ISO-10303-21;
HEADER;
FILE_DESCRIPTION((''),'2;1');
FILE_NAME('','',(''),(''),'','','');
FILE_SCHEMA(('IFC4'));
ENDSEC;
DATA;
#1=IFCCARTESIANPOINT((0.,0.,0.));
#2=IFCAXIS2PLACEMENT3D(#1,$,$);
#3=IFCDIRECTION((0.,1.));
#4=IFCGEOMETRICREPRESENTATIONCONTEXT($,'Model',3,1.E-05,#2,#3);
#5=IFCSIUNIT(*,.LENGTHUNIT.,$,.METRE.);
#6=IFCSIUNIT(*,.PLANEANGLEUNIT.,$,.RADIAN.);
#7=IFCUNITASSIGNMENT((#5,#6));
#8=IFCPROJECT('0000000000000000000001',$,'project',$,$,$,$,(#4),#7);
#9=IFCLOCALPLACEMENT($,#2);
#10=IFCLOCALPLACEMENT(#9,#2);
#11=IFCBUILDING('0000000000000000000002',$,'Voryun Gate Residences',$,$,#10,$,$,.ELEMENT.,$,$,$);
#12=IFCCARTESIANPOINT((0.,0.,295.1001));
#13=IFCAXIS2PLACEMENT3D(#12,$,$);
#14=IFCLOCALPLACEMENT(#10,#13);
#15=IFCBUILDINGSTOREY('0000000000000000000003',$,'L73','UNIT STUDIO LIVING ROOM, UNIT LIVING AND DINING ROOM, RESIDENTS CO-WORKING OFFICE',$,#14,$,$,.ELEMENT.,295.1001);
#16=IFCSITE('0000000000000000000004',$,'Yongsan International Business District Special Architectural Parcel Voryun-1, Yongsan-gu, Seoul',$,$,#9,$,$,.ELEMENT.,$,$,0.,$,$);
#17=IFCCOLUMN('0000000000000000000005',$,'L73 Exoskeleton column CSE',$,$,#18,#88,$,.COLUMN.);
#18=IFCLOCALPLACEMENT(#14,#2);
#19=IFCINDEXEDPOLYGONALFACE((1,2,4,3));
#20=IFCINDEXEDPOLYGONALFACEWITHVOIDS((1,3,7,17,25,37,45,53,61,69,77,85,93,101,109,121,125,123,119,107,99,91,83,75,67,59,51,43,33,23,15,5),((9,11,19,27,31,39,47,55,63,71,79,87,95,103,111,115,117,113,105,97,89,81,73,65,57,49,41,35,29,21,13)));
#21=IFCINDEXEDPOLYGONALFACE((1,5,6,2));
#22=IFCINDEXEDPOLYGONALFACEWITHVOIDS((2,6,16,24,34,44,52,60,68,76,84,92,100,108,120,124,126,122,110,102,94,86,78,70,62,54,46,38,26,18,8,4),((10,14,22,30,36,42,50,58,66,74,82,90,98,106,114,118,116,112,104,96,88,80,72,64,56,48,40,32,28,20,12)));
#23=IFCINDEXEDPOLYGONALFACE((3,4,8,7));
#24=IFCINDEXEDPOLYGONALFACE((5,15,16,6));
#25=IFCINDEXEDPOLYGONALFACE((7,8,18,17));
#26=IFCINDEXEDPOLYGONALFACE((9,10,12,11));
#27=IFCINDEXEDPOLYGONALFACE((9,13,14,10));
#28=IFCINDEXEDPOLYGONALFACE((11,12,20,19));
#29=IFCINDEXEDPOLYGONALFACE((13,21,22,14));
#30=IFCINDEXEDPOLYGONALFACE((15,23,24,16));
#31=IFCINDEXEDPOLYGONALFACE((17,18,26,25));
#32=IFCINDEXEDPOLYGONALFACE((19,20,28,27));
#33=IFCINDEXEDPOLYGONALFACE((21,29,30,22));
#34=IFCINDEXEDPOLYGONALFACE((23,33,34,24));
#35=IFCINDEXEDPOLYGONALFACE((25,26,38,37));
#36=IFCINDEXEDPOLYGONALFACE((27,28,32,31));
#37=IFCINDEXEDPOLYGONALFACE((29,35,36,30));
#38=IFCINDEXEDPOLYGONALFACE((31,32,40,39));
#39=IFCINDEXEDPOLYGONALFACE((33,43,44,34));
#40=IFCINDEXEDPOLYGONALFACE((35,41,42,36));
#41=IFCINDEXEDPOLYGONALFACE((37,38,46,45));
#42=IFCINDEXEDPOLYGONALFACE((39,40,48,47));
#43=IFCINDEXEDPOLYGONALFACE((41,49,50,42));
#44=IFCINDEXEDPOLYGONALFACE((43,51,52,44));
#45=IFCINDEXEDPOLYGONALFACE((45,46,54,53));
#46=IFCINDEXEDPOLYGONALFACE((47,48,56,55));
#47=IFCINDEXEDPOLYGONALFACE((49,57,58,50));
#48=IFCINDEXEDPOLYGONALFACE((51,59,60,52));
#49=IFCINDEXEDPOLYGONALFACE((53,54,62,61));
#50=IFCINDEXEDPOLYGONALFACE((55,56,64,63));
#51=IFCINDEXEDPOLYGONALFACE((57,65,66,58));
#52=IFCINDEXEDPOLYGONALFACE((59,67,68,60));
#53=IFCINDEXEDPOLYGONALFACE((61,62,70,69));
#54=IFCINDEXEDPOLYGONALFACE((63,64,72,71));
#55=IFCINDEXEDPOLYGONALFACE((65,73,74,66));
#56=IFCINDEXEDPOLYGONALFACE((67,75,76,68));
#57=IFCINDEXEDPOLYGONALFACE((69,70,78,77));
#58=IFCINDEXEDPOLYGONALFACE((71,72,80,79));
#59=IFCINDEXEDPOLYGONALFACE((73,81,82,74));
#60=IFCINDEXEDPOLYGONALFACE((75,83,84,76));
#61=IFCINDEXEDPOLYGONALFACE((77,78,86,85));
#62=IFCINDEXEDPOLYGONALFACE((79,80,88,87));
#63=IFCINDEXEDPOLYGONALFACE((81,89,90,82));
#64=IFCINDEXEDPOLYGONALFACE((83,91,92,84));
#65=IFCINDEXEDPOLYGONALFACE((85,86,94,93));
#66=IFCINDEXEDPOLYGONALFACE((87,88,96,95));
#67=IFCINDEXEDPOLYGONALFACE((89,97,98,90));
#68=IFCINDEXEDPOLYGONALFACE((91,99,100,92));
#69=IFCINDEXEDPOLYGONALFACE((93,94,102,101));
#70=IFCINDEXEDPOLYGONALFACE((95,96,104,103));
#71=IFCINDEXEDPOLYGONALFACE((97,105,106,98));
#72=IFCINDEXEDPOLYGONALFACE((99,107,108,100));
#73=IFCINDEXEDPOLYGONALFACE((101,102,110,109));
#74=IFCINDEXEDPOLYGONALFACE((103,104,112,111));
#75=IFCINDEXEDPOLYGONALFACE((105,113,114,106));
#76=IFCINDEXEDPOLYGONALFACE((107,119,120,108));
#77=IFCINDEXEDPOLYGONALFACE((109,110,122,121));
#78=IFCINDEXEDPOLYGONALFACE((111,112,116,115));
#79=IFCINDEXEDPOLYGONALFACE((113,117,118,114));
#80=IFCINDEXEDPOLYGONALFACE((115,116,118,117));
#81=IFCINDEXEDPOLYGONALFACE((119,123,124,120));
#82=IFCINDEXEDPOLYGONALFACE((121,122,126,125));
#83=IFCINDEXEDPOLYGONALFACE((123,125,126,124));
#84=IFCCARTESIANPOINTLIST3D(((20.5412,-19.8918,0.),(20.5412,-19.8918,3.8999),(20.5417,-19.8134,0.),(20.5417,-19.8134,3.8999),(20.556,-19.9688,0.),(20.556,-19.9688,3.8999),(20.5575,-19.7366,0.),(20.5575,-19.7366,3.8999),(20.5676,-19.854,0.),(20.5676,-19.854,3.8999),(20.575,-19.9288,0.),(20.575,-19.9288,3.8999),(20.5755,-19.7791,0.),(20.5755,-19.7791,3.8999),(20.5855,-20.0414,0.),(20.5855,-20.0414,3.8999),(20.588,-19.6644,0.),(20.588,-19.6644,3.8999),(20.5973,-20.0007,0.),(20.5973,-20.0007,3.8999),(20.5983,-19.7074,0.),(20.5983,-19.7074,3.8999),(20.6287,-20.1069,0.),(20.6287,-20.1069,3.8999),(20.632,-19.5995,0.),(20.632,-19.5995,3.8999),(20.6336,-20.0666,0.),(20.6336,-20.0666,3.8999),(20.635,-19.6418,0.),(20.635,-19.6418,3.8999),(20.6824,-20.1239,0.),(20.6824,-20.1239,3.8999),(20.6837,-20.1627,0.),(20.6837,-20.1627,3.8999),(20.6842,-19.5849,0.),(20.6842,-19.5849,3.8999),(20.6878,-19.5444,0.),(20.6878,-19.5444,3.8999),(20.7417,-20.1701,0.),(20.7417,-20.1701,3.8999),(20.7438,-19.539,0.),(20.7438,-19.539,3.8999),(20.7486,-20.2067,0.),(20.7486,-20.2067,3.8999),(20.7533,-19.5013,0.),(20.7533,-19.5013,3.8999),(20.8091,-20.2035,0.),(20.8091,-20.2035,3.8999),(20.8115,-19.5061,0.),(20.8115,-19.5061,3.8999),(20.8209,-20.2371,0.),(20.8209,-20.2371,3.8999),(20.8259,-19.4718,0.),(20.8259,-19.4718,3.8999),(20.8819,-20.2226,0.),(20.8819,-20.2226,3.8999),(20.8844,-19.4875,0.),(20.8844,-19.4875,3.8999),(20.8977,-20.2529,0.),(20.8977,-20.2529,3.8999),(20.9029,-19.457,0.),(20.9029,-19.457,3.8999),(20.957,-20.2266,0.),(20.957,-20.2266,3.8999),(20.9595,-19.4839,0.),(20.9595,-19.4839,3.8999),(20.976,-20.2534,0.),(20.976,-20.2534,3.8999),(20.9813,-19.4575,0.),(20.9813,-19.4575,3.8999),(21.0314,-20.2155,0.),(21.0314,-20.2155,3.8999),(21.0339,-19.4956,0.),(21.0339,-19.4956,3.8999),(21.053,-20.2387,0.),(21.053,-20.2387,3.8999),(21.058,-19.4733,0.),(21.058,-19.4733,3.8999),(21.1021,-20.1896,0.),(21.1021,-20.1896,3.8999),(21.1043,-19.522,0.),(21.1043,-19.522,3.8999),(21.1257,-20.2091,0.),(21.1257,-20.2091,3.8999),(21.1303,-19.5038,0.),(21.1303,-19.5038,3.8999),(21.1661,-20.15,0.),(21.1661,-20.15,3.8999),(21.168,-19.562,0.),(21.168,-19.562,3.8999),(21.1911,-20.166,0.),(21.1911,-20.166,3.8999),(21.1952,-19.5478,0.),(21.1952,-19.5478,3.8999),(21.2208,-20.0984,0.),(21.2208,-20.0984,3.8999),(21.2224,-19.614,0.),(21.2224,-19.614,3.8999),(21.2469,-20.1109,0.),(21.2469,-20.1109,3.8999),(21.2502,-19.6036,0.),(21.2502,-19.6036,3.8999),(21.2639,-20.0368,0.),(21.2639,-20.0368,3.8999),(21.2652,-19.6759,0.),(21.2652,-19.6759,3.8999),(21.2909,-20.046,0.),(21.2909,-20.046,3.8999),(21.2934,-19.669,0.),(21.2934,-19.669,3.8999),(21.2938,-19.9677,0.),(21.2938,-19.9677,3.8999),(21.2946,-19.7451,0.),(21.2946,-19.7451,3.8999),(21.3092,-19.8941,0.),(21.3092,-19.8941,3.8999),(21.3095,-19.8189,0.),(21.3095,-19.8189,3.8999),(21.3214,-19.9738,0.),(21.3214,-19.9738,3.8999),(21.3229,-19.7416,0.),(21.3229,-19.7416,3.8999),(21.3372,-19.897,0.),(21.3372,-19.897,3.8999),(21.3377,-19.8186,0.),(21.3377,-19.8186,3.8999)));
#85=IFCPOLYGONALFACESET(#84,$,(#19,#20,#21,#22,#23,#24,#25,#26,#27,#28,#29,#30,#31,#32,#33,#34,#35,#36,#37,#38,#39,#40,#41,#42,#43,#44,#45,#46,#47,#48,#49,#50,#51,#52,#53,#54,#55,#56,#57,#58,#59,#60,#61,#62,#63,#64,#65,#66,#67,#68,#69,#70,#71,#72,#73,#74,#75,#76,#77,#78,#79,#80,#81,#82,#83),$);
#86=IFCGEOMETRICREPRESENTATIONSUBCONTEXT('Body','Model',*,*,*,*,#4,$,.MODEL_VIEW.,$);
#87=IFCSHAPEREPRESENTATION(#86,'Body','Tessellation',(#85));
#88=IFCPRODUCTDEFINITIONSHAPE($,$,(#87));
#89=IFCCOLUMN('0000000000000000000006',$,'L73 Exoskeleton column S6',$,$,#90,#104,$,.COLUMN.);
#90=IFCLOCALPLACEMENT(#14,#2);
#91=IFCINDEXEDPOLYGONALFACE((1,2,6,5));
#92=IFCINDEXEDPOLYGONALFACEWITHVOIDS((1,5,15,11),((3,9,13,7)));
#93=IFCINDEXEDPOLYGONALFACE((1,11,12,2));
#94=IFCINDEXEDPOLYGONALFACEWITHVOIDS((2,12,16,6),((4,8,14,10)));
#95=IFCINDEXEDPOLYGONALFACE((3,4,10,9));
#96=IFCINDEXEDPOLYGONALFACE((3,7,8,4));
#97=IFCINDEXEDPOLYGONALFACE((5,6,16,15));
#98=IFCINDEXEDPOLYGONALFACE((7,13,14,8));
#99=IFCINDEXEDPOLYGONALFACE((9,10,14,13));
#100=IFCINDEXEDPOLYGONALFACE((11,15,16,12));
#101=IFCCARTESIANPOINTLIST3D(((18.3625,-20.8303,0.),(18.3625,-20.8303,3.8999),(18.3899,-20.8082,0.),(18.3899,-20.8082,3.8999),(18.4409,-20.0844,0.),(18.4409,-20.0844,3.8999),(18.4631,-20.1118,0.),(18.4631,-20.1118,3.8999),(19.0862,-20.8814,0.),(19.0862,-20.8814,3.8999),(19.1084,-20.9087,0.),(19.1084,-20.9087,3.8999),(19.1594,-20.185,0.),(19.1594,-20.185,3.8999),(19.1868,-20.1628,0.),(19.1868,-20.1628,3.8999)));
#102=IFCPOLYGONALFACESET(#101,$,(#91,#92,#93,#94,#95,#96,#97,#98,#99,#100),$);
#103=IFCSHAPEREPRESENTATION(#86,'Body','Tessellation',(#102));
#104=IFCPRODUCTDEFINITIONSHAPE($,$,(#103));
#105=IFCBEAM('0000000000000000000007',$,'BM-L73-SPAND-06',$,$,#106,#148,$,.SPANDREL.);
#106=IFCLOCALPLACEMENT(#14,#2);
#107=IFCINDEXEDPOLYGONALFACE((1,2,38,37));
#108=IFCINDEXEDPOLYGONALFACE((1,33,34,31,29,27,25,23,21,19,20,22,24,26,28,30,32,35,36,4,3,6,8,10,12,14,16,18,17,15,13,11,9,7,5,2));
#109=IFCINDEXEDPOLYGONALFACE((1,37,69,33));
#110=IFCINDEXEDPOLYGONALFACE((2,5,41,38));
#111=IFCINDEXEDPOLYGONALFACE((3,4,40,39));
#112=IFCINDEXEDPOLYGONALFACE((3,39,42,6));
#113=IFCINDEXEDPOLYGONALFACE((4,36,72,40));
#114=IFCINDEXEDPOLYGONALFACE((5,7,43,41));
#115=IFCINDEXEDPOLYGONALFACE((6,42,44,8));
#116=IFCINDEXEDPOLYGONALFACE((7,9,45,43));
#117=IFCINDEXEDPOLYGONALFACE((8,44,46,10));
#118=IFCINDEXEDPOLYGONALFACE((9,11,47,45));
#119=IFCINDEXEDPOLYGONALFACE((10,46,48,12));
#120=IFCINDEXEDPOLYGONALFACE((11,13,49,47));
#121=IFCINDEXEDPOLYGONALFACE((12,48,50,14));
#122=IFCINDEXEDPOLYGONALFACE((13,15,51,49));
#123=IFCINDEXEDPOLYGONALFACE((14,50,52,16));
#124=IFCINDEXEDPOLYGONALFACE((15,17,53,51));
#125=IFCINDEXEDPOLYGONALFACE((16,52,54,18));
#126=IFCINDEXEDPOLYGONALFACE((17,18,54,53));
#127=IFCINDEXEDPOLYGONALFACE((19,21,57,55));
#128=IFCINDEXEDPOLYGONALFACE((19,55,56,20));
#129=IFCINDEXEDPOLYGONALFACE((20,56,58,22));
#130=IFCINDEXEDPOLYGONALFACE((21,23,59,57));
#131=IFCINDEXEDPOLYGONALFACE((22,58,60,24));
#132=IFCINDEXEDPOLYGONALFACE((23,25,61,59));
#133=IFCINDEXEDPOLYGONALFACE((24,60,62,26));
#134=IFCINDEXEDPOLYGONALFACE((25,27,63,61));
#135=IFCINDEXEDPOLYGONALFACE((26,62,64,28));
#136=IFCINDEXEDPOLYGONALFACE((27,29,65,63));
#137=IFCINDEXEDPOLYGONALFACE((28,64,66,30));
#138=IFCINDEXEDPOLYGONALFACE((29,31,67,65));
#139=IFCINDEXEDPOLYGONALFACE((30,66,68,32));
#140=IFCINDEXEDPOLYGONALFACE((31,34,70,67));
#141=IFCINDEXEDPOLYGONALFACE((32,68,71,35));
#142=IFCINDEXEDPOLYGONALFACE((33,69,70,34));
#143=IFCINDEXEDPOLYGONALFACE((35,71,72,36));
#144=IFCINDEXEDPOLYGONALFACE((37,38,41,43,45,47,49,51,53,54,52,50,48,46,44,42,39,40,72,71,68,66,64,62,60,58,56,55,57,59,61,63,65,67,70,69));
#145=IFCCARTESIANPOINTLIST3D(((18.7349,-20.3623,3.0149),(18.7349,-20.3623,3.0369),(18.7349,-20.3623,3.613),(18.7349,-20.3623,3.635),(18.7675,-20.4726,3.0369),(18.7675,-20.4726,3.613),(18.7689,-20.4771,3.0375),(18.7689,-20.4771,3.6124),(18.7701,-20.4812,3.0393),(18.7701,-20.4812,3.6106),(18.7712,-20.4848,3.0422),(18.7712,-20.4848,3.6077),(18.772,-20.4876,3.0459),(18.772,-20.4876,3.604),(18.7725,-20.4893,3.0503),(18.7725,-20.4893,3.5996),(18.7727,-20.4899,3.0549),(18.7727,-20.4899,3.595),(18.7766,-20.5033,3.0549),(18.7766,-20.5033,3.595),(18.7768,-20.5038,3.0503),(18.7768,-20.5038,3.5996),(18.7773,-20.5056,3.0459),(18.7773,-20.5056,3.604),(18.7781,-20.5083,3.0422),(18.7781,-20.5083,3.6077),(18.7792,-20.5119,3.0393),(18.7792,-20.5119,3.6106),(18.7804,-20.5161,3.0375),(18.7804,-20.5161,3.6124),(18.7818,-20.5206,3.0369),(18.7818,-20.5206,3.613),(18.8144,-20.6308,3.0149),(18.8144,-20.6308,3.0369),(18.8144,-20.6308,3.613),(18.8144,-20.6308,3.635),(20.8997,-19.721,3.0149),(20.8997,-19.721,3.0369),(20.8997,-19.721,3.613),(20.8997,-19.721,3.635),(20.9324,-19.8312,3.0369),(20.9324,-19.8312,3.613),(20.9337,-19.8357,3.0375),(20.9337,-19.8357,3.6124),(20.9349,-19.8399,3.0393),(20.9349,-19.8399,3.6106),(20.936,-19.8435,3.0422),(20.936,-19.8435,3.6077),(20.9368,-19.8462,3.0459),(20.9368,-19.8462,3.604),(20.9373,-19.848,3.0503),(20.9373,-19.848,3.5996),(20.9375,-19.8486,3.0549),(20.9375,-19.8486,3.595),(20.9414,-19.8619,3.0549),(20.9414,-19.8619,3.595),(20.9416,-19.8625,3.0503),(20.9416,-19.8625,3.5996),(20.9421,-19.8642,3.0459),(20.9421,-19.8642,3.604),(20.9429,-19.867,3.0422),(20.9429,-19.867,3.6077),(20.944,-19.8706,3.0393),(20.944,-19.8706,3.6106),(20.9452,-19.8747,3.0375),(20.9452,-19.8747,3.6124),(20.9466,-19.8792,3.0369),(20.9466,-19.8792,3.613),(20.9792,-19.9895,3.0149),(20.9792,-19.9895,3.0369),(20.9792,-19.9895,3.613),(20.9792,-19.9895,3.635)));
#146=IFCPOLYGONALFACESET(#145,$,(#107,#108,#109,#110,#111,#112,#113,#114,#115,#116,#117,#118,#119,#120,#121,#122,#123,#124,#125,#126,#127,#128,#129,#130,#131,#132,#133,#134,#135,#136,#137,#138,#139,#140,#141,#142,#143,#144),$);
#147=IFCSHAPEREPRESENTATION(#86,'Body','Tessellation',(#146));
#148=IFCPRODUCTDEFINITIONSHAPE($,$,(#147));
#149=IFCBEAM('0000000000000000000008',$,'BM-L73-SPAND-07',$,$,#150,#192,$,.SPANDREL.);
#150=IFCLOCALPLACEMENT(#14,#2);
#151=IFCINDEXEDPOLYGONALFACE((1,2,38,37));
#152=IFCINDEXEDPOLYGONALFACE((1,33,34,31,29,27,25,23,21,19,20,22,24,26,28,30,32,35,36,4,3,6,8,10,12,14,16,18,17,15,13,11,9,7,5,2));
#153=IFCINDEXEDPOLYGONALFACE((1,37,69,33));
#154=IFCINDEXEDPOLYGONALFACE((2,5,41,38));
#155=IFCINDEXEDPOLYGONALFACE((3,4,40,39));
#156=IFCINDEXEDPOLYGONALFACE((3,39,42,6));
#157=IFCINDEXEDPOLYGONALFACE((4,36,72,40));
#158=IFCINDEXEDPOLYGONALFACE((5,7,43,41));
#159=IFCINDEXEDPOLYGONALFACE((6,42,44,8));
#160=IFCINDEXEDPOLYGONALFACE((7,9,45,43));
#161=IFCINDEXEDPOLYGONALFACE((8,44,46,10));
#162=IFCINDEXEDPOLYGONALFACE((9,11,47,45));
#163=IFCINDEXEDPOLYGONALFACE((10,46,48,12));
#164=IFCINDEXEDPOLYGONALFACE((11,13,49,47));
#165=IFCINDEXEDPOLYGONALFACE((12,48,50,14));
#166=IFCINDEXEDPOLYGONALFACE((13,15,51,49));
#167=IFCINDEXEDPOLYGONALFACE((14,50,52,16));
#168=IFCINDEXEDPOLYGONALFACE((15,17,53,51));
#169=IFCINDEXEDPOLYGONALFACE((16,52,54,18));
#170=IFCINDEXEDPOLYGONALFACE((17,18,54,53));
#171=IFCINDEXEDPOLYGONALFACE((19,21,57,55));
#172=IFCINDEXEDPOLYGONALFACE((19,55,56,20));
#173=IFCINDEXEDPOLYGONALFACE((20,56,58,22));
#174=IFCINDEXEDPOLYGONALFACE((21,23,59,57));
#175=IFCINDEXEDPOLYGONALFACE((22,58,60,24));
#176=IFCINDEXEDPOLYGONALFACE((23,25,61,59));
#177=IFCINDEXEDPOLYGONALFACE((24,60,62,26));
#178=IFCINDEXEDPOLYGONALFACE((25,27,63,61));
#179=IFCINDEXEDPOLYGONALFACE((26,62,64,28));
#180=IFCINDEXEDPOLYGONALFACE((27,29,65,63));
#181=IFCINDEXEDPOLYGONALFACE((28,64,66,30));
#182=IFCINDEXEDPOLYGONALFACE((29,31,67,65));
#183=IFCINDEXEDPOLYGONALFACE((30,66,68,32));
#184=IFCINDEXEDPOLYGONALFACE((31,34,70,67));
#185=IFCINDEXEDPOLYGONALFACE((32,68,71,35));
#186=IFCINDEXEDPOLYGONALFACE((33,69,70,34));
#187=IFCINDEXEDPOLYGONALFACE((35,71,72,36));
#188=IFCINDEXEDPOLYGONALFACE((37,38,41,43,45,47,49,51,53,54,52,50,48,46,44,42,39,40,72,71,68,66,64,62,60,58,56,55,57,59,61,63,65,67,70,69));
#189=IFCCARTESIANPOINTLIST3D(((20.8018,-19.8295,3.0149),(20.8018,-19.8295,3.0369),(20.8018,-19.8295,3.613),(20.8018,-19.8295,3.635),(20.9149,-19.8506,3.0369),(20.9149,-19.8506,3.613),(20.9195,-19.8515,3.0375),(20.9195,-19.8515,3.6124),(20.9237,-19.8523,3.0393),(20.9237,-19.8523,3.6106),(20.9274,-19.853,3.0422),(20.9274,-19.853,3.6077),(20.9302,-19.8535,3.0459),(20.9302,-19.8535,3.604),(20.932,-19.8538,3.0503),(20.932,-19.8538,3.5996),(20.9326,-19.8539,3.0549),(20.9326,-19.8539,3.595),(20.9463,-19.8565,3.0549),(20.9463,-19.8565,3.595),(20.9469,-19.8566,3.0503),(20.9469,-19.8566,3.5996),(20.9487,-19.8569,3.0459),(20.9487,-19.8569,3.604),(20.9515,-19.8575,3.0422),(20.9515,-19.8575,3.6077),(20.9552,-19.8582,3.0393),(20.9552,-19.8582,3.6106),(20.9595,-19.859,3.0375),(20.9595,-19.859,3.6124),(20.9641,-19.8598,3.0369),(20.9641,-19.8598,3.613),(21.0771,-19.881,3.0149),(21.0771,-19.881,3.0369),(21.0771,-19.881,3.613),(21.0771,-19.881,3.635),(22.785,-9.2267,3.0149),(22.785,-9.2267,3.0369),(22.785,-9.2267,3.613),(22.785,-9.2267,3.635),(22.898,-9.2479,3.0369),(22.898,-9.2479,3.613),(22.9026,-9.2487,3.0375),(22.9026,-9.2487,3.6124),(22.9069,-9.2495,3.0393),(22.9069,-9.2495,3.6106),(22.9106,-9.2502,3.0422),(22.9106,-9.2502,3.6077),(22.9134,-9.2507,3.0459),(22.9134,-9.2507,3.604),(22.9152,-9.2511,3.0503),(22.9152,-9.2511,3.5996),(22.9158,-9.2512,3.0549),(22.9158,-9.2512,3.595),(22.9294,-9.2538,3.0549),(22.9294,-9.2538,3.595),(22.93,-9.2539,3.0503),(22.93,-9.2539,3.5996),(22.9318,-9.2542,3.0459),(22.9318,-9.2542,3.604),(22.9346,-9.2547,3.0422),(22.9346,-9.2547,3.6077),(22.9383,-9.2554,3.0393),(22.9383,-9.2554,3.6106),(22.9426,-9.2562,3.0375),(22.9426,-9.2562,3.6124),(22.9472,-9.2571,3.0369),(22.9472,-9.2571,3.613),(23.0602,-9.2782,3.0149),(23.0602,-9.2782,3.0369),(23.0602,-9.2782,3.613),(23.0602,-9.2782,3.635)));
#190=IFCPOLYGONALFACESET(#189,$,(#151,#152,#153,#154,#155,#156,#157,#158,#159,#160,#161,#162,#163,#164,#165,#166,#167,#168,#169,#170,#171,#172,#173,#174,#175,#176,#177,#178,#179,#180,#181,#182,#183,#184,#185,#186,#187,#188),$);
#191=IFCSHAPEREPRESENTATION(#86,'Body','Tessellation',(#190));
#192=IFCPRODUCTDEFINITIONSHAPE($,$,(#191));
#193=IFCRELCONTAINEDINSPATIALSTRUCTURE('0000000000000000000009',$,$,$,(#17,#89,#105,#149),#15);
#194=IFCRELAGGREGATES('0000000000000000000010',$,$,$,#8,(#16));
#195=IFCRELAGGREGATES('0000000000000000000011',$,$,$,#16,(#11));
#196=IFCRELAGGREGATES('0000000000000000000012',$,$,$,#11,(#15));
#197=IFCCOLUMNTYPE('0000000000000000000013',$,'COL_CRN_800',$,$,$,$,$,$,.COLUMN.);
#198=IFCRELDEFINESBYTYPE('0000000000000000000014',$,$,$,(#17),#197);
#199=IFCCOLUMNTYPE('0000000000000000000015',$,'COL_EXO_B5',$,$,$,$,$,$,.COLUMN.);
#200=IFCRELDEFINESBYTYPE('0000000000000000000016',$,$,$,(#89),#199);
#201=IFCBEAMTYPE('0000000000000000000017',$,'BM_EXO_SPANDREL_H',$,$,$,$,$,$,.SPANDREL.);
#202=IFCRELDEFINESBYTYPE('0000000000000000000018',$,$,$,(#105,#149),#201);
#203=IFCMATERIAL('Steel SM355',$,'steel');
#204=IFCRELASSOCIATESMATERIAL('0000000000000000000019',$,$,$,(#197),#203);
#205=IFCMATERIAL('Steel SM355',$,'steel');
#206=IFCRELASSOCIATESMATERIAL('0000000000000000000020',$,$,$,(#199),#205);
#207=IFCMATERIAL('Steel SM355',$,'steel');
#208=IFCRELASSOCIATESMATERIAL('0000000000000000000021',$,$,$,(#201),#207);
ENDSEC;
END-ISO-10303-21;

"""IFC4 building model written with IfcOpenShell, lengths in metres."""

from ifc_helpers import new_model, si_unit, direction, frame, origin, origin_2d, place, context, subcontext, project, spatial, hollow_rectangle, hollow_circle, i_section, extrude, material, material_profile, profile_set, type_object, element, save


model = new_model("IFC4")

# Units and contexts
model_context = context("Model", 3, precision=1e-05, world=origin(), true_north=direction((0.0, 1.0)))
body_context = subcontext(model_context, "Body", "Model", "MODEL_VIEW")
ifc_project = project(units=[si_unit("LENGTHUNIT", "METRE"), si_unit("PLANEANGLEUNIT", "RADIAN")], contexts=[model_context])

# Site, building, storey
site_placement = place(None, origin())
site = spatial("IfcSite", under=ifc_project, at=site_placement, Name="Yongsan International Business District Special Architectural Parcel Voryun-1, Yongsan-gu, Seoul", CompositionType="ELEMENT", RefElevation=0.0)
building_placement = place(site_placement, origin())
building = spatial("IfcBuilding", under=site, at=building_placement, Name="Voryun Gate Residences", CompositionType="ELEMENT")
storey_placement = place(building_placement, frame((0.0, 0.0, 295.1001)))
storey = spatial("IfcBuildingStorey", under=building, at=storey_placement, Name="L73", Description="UNIT STUDIO LIVING ROOM, UNIT LIVING AND DINING ROOM, RESIDENTS CO-WORKING OFFICE", CompositionType="ELEMENT", Elevation=295.1001)

# Columns
ifc_material_1 = material(Name="Steel SM355", Category="steel")
ifc_material_profile_1 = material_profile(ifc_material_1, hollow_circle(Radius=0.3999, WallThickness=0.0281, at=origin_2d()), Name="CHS-800x28")
ifc_profile_set_1 = profile_set([ifc_material_profile_1], Name="Steel SM355")
column_type_1 = type_object("IfcColumnType", Name="COL_CRN_800", PredefinedType="COLUMN", material=ifc_profile_set_1)
column_1_placement = place(storey_placement, frame((20.9395, -19.8552, 0.0), z_axis=(0.0, 0.0, 1.0), x_axis=(0.994522, -0.104528, 0.0)))
element("IfcColumn", 1, at=column_1_placement, inside=storey, type_object=column_type_1, Name="L73 Exoskeleton column CSE", PredefinedType="COLUMN", context=body_context, shape_type="SweptSolid", body=[
    extrude(hollow_circle(Radius=0.3999, WallThickness=0.0281, at=origin_2d()), origin(), (0.0, 0.0, 1.0), 3.8999),
])
ifc_material_2 = material(Name="Steel SM355", Category="steel")
ifc_material_profile_2 = material_profile(ifc_material_2, hollow_rectangle(XDim=0.75, YDim=0.75, WallThickness=0.0249, at=origin_2d()), Name="BOX-750x750x25")
ifc_profile_set_2 = profile_set([ifc_material_profile_2], Name="Steel SM355")
column_type_2 = type_object("IfcColumnType", Name="COL_EXO_B5", PredefinedType="COLUMN", material=ifc_profile_set_2)
column_2_placement = place(storey_placement, frame((18.7747, -20.4966, 0.0), z_axis=(0.0, 0.0, 1.0), x_axis=(0.994522, -0.104528, 0.0)))
element("IfcColumn", 2, at=column_2_placement, inside=storey, type_object=column_type_2, Name="L73 Exoskeleton column S6", PredefinedType="COLUMN", context=body_context, shape_type="SweptSolid", body=[
    extrude(hollow_rectangle(XDim=0.75, YDim=0.75, WallThickness=0.0249, at=origin_2d()), origin(), (0.0, 0.0, 1.0), 3.8999),
])

# Beams
ifc_material_3 = material(Name="Steel SM355", Category="steel")
ifc_material_profile_3 = material_profile(ifc_material_3, i_section(OverallWidth=0.28, OverallDepth=0.6201, WebThickness=0.0139, FlangeThickness=0.022, FilletRadius=0.0181, at=origin_2d()), Name="H-620x280x14x22")
ifc_profile_set_3 = profile_set([ifc_material_profile_3], Name="Steel SM355")
beam_type = type_object("IfcBeamType", Name="BM_EXO_SPANDREL_H", PredefinedType="SPANDREL", material=ifc_profile_set_3)
beam_1_placement = place(storey_placement, frame((18.7747, -20.4966, 3.325), z_axis=(0.958806, 0.284063, 0.0), x_axis=(-0.284063, 0.958806, 0.0)))
element("IfcBeam", 3, at=beam_1_placement, inside=storey, type_object=beam_type, Name="BM-L73-SPAND-06", PredefinedType="SPANDREL", context=body_context, shape_type="SweptSolid", body=[
    extrude(i_section(OverallWidth=0.28, OverallDepth=0.6201, WebThickness=0.0139, FlangeThickness=0.022, FilletRadius=0.0181, at=origin_2d()), origin(), (0.0, 0.0, 1.0), 2.2578),
])
beam_2_placement = place(storey_placement, frame((20.9395, -19.8552, 3.325), z_axis=(0.183853, 0.982954, 0.0), x_axis=(-0.982954, 0.183853, 0.0)))
element("IfcBeam", 4, at=beam_2_placement, inside=storey, type_object=beam_type, Name="BM-L73-SPAND-07", PredefinedType="SPANDREL", context=body_context, shape_type="SweptSolid", body=[
    extrude(i_section(OverallWidth=0.28, OverallDepth=0.6201, WebThickness=0.0139, FlangeThickness=0.022, FilletRadius=0.0181, at=origin_2d()), origin(), (0.0, 0.0, 1.0), 10.7866),
])

save(model, "model.ifc")
